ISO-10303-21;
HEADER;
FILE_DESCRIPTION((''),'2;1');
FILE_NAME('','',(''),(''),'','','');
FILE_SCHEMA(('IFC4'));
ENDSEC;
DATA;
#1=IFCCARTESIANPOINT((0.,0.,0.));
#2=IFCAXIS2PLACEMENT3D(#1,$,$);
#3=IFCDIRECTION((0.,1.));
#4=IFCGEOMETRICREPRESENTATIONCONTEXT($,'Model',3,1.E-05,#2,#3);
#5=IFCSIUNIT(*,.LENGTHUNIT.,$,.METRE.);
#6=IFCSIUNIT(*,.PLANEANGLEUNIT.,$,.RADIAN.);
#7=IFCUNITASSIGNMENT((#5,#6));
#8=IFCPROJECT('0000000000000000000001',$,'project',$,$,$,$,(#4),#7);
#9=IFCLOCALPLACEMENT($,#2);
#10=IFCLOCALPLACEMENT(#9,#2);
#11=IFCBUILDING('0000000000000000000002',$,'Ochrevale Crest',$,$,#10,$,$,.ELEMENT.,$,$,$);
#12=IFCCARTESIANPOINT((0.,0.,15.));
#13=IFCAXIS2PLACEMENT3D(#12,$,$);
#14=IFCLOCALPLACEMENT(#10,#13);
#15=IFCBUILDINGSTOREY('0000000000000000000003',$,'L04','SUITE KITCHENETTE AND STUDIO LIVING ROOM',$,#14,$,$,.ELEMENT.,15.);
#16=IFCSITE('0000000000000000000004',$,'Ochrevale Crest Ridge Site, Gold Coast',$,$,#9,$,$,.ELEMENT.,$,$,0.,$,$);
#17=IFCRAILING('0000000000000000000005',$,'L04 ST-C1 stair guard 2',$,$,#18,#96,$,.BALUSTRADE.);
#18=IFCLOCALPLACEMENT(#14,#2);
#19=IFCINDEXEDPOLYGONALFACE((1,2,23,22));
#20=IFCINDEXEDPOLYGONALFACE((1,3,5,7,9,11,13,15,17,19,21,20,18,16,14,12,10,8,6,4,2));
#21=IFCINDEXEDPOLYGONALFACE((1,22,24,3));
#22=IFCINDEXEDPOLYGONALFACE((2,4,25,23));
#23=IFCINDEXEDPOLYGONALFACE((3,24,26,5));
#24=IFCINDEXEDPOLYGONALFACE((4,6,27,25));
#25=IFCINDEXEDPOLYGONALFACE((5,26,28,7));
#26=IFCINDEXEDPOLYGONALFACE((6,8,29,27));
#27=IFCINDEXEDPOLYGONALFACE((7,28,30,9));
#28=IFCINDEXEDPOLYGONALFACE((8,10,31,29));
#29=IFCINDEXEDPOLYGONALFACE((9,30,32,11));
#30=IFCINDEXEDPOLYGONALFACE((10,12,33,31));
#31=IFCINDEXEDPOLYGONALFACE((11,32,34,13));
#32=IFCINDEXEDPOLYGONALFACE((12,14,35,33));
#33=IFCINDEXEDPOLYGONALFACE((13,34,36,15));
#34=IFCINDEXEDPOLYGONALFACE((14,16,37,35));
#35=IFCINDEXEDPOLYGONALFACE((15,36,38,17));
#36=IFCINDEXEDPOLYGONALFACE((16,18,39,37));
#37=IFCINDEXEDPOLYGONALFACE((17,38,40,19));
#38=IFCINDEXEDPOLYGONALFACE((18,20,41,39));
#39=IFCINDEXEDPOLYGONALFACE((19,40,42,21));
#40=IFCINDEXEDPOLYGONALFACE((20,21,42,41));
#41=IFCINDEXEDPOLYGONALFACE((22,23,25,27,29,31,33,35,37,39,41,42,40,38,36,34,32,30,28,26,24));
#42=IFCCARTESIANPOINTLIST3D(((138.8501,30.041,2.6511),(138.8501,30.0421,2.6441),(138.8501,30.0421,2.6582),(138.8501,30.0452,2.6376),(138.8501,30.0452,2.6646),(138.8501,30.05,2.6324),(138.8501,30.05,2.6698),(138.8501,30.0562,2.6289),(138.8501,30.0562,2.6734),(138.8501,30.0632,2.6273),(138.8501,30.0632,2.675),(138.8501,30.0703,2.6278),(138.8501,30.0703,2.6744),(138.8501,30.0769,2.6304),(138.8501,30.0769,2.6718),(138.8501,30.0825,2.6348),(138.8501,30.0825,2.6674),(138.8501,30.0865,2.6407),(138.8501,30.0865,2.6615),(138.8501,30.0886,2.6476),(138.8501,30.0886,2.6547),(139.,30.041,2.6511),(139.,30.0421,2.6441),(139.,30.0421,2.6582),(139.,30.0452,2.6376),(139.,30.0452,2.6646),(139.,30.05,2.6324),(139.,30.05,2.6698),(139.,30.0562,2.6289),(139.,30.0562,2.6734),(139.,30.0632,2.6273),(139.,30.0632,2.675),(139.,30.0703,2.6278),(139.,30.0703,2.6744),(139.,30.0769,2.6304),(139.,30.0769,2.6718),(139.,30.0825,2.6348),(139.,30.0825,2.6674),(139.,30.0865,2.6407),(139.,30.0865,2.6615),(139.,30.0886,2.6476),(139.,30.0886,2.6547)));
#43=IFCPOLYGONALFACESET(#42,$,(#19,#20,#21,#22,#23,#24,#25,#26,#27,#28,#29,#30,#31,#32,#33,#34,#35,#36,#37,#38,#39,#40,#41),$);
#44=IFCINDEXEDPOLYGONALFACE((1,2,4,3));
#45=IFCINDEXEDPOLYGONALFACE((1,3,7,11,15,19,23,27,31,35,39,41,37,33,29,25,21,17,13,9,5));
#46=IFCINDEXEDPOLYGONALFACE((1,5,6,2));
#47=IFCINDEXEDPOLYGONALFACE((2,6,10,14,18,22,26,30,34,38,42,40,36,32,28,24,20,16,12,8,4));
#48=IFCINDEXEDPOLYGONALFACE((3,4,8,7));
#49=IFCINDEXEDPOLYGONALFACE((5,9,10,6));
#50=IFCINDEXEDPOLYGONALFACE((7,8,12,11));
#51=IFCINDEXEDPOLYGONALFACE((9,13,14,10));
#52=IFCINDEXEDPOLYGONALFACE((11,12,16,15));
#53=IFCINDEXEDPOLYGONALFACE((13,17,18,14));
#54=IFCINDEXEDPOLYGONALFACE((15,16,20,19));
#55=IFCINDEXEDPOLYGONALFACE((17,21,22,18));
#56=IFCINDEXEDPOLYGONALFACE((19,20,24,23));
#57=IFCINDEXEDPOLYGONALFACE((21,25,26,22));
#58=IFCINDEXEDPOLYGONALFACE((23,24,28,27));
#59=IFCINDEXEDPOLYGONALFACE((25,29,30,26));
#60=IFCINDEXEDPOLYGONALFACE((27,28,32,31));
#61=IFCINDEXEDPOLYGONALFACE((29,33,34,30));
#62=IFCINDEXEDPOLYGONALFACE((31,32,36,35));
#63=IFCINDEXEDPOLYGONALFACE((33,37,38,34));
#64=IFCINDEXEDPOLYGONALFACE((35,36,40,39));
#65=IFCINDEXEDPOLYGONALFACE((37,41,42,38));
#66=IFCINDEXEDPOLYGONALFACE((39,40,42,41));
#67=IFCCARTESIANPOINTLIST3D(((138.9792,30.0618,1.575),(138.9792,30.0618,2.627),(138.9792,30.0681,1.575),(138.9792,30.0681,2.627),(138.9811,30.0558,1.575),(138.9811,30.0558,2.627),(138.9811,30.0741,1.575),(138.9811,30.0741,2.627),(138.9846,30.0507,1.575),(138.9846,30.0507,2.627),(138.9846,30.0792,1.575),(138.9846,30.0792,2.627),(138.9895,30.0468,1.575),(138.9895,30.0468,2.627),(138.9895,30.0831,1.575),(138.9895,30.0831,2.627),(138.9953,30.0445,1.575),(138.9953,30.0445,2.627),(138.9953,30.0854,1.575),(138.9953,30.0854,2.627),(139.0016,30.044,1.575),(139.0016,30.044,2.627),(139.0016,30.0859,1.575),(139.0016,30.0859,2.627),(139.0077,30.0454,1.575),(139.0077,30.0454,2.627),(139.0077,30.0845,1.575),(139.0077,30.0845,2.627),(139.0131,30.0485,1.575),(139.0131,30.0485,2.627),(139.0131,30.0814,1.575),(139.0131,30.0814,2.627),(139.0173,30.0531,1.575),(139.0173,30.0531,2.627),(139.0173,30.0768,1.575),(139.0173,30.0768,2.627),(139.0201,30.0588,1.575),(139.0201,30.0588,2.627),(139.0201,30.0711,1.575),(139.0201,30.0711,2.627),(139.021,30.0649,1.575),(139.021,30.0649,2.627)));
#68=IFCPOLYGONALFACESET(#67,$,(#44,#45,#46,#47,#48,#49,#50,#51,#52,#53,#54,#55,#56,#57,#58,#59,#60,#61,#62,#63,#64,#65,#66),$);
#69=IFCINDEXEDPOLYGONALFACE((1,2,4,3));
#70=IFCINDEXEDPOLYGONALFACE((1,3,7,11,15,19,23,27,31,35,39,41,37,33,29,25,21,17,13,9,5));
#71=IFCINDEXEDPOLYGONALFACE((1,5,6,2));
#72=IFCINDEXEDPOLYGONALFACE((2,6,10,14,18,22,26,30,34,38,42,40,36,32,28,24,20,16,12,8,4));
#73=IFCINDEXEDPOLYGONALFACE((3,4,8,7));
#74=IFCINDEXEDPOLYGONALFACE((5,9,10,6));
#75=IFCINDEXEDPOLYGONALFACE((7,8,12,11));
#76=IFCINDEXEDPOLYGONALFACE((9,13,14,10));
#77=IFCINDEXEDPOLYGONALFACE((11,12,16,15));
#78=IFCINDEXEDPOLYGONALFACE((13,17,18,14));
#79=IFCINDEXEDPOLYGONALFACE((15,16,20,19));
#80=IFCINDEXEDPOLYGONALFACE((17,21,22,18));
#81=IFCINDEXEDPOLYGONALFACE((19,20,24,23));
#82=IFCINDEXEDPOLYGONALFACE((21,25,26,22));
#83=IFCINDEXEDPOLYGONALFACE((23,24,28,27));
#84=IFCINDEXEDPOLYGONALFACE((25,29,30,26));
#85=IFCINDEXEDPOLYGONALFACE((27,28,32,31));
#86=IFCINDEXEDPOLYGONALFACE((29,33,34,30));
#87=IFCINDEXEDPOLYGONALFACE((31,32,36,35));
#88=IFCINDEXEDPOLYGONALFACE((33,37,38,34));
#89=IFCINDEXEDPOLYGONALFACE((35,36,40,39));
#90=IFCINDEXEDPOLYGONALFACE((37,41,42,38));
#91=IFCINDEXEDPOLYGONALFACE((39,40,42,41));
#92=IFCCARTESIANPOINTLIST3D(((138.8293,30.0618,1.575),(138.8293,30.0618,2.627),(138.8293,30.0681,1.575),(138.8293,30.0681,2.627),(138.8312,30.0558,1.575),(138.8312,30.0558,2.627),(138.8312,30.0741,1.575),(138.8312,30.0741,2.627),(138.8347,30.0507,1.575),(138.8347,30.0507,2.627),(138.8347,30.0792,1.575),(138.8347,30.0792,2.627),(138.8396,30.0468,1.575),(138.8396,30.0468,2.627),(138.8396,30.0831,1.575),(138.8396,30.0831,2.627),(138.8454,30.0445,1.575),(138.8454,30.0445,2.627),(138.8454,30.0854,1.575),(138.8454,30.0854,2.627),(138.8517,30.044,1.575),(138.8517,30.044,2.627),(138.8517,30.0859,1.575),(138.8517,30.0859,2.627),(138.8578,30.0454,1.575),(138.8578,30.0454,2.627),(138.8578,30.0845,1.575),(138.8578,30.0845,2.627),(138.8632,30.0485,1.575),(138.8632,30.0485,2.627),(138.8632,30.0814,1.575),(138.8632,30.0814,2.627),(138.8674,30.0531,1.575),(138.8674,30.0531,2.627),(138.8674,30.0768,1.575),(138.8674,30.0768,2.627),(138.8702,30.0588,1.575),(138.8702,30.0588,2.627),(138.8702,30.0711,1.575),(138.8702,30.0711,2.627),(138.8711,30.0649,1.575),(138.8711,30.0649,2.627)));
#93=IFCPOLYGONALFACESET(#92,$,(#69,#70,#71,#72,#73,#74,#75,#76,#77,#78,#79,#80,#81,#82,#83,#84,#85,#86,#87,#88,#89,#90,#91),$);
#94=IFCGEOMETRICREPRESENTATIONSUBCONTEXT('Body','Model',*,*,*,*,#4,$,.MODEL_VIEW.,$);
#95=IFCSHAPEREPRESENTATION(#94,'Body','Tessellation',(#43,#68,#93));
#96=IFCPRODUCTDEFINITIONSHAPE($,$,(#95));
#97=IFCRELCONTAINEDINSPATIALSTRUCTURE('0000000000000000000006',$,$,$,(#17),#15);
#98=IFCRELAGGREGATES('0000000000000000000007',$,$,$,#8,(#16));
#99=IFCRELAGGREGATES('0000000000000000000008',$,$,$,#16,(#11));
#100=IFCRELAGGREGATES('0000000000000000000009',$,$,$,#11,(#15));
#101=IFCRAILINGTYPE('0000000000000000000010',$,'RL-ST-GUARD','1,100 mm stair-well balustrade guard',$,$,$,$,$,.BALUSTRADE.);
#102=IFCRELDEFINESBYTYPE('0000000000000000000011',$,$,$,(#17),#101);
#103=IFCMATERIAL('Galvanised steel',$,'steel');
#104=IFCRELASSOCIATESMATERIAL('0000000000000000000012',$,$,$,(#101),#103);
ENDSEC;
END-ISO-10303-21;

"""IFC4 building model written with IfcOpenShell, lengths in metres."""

from ifc_helpers import new_model, si_unit, direction, frame, origin, origin_2d, place, context, subcontext, project, spatial, circle, extrude, material, type_object, element, save


model = new_model("IFC4")

# Units and contexts
model_context = context("Model", 3, precision=1e-05, world=origin(), true_north=direction((0.0, 1.0)))
body_context = subcontext(model_context, "Body", "Model", "MODEL_VIEW")
ifc_project = project(units=[si_unit("LENGTHUNIT", "METRE"), si_unit("PLANEANGLEUNIT", "RADIAN")], contexts=[model_context])

# Site, building, storey
site_placement = place(None, origin())
site = spatial("IfcSite", under=ifc_project, at=site_placement, Name="Ochrevale Crest Ridge Site, Gold Coast", CompositionType="ELEMENT", RefElevation=0.0)
building_placement = place(site_placement, origin())
building = spatial("IfcBuilding", under=site, at=building_placement, Name="Ochrevale Crest", CompositionType="ELEMENT")
storey_placement = place(building_placement, frame((0.0, 0.0, 15.0)))
storey = spatial("IfcBuildingStorey", under=building, at=storey_placement, Name="L04", Description="SUITE KITCHENETTE AND STUDIO LIVING ROOM", CompositionType="ELEMENT", Elevation=15.0)

# Railing
ifc_material_1 = material(Name="Galvanised steel", Category="steel")
railing_type_1 = type_object("IfcRailingType", Name="RL-ST-GUARD", Description="1,100 mm stair-well balustrade guard", PredefinedType="BALUSTRADE", material=ifc_material_1)
railing_1_placement = place(storey_placement, frame((139.0, 30.0649, 1.575)))
element("IfcRailing", 1, at=railing_1_placement, inside=storey, type_object=railing_type_1, Name="L04 ST-C1 stair guard 2", PredefinedType="BALUSTRADE", context=body_context, shape_type="SweptSolid", body=[
    extrude(circle(Radius=0.0239, at=origin_2d()), frame((0.0, 0.0, 1.0762), z_axis=(-1.0, 0.0, 0.0), x_axis=(0.0, -1.0, 0.0)), (0.0, 0.0, 1.0), 0.1499),
    extrude(circle(Radius=0.021, at=origin_2d()), origin(), (0.0, 0.0, 1.0), 1.052),
    extrude(circle(Radius=0.021, at=origin_2d()), frame((-0.1499, 0.0, 0.0)), (0.0, 0.0, 1.0), 1.052),
])

save(model, "model.ifc")
